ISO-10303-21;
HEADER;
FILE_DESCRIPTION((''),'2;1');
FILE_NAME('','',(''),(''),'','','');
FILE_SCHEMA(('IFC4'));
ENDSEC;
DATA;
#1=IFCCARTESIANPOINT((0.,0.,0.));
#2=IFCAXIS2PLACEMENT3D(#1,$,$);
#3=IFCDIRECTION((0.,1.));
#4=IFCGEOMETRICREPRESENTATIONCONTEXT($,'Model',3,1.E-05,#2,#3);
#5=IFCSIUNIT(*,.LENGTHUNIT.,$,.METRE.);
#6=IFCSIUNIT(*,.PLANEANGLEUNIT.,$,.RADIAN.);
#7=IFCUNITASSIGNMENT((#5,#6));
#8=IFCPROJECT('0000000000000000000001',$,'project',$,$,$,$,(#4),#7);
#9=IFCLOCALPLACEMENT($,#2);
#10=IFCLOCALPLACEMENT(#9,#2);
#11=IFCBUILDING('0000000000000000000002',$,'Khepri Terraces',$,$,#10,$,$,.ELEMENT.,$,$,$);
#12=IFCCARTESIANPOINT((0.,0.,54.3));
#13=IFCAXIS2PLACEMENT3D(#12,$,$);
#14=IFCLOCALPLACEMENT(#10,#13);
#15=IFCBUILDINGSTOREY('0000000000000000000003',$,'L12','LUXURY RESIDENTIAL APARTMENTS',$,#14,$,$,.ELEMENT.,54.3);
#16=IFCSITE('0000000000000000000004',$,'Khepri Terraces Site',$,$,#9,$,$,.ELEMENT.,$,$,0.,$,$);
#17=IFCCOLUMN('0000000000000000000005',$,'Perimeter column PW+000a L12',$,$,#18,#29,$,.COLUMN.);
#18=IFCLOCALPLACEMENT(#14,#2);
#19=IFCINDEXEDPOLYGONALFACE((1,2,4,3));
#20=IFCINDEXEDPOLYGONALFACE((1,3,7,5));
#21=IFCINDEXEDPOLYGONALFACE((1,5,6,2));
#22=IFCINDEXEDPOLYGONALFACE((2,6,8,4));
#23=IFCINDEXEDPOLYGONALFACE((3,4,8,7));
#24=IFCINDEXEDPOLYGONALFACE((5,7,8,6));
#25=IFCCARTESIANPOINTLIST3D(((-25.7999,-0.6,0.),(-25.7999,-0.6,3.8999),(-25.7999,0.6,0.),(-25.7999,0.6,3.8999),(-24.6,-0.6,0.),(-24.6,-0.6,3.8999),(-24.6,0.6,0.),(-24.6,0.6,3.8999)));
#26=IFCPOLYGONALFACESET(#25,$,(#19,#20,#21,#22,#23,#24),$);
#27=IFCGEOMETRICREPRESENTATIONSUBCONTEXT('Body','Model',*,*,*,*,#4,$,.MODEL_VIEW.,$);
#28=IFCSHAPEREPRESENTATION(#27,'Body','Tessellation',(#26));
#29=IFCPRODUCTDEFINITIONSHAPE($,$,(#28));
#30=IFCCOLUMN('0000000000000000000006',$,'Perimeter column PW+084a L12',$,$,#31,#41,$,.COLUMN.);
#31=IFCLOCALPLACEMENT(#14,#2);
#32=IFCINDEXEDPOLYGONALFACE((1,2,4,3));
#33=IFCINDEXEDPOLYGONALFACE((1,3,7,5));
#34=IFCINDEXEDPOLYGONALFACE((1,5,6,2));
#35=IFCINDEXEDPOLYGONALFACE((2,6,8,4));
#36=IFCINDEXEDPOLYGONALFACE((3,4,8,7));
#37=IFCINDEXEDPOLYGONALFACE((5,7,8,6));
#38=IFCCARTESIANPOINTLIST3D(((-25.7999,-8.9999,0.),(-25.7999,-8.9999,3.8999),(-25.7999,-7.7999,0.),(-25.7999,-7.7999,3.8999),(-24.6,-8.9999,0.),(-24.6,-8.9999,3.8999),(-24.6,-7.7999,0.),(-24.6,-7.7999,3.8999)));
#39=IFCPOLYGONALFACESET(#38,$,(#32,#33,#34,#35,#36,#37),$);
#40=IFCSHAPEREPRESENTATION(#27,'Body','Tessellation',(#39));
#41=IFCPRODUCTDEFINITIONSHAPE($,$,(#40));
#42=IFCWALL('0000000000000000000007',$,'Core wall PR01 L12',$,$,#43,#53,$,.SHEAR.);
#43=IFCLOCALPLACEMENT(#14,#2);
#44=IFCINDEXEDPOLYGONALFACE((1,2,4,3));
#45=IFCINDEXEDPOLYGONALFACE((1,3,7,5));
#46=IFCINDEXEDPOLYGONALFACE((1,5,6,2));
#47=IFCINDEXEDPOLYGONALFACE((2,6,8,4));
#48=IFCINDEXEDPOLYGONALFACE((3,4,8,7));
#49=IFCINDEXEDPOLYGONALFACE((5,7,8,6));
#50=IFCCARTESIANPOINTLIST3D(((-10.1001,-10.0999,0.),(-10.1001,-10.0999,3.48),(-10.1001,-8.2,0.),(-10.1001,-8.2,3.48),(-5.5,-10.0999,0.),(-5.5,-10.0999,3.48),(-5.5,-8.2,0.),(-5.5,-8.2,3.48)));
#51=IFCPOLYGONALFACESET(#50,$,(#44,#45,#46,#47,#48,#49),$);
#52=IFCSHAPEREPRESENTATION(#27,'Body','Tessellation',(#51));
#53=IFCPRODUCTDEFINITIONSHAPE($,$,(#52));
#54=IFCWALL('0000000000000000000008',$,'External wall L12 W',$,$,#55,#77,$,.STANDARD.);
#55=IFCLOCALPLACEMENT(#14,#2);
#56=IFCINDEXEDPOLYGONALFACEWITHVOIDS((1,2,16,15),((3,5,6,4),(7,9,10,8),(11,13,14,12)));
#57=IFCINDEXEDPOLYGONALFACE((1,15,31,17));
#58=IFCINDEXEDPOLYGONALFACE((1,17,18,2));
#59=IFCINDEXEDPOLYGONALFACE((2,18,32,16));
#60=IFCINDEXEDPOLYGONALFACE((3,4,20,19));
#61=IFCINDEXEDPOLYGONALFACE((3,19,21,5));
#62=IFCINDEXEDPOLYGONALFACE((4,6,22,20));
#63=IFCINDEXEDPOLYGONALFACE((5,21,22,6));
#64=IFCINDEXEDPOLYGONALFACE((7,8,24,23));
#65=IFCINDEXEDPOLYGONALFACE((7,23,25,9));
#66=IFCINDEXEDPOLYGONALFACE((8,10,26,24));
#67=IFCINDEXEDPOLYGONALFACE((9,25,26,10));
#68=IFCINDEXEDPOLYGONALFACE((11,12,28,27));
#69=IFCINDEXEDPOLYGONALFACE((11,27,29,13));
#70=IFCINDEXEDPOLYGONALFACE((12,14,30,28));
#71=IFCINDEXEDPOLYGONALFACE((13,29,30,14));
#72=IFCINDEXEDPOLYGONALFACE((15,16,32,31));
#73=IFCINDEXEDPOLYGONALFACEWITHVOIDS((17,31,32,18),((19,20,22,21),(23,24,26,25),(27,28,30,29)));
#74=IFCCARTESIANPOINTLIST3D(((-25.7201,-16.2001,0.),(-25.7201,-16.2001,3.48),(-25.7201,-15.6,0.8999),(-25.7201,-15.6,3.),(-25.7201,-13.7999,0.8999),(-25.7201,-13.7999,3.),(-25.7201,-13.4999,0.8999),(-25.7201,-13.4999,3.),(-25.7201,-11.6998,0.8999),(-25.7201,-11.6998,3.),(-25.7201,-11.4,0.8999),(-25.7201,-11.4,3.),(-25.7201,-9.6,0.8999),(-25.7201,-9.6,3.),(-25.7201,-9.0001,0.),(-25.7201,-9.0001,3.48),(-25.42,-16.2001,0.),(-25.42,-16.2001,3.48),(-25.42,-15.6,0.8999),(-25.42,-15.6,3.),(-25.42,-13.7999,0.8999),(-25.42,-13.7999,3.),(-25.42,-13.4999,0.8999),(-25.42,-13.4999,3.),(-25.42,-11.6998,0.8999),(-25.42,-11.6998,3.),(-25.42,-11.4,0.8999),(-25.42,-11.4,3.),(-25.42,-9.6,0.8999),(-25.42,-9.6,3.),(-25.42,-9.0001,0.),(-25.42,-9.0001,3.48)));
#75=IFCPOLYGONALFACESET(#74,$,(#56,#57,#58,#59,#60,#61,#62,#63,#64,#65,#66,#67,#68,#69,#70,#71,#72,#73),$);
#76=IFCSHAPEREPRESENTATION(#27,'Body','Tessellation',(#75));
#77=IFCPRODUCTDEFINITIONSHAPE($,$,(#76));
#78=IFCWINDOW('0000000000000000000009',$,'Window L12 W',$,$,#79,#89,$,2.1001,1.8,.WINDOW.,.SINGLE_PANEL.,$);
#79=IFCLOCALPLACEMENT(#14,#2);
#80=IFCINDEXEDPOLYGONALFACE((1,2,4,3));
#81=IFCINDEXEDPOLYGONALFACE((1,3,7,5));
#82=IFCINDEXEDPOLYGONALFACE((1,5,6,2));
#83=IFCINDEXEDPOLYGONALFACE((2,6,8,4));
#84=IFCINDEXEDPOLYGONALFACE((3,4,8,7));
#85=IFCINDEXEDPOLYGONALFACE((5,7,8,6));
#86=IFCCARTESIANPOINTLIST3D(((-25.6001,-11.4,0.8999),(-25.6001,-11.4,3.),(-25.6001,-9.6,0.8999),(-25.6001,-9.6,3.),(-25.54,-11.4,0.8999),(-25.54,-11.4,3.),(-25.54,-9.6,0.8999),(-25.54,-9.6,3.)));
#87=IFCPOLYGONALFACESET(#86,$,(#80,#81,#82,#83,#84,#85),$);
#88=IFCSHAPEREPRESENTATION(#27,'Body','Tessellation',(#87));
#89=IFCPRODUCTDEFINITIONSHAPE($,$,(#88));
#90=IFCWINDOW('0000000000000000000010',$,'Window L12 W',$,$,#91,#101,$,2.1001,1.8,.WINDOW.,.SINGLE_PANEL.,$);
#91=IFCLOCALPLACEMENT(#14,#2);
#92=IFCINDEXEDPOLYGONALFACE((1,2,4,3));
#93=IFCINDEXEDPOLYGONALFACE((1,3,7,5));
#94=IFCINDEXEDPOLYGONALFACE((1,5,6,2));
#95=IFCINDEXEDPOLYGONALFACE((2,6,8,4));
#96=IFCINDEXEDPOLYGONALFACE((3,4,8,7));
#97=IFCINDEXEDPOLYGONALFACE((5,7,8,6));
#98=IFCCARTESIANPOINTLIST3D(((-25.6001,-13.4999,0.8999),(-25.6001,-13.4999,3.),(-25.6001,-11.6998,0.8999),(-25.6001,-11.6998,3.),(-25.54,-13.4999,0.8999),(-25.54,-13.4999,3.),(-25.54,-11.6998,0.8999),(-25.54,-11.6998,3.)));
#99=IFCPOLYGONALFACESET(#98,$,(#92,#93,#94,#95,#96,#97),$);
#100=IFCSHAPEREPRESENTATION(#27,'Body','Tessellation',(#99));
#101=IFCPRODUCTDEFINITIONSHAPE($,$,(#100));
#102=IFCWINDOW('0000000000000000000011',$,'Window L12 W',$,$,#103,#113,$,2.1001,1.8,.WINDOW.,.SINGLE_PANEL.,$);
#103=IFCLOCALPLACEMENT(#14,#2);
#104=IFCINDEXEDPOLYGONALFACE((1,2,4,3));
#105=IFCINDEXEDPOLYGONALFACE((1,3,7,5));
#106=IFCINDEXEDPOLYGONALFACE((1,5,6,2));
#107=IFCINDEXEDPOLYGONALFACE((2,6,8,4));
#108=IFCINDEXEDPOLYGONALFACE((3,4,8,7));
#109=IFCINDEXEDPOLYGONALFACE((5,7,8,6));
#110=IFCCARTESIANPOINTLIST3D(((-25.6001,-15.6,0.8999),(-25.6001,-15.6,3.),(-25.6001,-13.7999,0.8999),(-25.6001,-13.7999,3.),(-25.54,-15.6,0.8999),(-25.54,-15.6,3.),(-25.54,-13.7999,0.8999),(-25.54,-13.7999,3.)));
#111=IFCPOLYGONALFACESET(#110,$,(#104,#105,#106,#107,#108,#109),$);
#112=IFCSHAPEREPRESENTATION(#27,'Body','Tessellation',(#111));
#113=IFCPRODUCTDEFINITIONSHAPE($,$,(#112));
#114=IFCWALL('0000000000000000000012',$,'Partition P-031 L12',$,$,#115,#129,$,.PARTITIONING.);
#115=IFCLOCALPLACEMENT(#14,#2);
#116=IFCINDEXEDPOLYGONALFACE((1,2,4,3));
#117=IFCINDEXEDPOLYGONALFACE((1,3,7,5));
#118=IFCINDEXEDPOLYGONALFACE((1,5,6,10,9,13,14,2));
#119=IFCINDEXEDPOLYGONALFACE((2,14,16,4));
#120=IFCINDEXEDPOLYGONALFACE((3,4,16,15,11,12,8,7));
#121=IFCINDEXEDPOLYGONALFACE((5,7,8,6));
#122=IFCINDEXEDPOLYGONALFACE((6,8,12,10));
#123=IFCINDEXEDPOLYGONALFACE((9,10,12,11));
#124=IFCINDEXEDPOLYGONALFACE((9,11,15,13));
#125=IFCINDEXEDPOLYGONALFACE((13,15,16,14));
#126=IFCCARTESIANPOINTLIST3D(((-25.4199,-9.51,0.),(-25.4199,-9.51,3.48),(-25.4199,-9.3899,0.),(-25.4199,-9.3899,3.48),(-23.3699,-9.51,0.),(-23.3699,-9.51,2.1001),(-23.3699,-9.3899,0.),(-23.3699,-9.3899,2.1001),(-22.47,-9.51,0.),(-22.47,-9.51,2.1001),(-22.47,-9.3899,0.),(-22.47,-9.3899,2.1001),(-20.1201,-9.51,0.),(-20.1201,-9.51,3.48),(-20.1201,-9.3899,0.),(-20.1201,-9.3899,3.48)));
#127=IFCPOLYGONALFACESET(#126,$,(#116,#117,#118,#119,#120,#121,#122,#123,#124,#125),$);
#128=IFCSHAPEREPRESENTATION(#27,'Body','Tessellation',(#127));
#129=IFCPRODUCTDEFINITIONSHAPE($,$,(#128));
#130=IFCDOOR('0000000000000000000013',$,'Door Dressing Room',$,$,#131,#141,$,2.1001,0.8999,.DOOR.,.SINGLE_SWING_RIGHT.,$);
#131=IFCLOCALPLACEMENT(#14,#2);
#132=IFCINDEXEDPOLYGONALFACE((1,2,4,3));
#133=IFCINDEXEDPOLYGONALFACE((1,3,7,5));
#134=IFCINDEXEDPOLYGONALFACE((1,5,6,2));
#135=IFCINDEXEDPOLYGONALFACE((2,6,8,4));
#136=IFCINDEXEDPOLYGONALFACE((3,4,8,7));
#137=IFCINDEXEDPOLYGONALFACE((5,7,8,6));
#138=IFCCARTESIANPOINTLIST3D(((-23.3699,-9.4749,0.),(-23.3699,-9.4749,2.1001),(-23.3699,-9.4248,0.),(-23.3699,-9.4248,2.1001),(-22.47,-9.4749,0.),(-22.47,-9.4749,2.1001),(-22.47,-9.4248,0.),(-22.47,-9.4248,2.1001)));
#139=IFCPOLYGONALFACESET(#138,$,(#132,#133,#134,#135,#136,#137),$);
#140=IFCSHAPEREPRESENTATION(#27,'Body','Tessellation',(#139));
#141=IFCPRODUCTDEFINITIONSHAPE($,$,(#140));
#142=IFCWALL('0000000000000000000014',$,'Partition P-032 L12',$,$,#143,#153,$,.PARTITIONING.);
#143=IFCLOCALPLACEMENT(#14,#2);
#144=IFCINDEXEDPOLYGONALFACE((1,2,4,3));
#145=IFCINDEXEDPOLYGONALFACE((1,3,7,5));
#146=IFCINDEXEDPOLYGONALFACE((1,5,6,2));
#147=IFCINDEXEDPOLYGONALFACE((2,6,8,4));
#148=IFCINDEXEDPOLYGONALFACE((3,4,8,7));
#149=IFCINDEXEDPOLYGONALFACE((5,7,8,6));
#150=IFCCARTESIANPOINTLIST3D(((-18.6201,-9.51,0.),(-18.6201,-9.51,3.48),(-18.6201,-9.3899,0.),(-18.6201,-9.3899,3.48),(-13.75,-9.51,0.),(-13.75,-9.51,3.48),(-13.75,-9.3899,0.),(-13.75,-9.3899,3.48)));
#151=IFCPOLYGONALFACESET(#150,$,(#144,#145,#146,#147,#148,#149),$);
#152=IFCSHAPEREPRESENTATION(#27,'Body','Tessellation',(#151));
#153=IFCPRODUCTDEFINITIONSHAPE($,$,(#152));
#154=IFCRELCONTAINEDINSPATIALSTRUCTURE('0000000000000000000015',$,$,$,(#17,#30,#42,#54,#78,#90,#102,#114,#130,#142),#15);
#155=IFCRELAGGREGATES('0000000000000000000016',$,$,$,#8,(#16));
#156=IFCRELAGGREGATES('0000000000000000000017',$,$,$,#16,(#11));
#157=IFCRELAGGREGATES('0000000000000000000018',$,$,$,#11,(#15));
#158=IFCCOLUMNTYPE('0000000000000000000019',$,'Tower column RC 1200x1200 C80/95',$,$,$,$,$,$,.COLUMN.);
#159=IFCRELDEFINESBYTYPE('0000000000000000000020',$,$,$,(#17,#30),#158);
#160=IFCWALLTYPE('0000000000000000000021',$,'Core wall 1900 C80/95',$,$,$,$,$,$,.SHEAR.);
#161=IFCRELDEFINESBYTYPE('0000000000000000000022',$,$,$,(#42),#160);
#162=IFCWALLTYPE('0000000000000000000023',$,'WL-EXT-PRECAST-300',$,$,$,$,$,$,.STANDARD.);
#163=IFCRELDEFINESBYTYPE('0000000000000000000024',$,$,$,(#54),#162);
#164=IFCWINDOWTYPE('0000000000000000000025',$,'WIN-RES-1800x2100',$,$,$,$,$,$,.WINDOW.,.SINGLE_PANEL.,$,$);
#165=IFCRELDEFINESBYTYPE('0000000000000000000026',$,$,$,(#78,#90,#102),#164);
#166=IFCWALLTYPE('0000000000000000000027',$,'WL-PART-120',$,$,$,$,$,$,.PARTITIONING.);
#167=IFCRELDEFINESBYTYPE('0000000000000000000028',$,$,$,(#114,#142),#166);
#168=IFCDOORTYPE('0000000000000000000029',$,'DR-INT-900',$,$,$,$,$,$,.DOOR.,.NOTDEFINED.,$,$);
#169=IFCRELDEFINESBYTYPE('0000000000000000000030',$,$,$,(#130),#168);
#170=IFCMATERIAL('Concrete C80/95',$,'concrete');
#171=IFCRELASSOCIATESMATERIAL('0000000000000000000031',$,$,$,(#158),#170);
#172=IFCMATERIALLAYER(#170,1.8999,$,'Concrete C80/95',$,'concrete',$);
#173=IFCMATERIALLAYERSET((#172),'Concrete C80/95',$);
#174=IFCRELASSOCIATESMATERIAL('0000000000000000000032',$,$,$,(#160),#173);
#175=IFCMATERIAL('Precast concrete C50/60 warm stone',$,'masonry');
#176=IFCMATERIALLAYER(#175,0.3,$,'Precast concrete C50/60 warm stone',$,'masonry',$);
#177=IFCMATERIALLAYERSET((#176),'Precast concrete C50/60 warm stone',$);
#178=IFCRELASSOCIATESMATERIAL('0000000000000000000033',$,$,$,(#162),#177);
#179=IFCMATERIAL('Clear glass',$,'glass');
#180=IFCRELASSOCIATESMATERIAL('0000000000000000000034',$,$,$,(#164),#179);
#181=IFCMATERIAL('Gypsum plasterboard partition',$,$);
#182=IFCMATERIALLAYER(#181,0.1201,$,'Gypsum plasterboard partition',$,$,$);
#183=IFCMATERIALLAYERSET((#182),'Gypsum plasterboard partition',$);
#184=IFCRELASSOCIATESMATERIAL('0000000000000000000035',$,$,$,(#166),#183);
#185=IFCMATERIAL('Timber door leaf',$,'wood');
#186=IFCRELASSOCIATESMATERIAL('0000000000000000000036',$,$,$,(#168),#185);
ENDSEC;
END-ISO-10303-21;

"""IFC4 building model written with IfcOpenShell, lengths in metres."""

from ifc_helpers import new_model, si_unit, direction, frame, frame_2d, origin, origin_2d, place, context, subcontext, project, spatial, rectangle, extrude, material, layer, layer_set, material_profile, profile_set, type_object, element, fill, save


model = new_model("IFC4")

# Units and contexts
model_context = context("Model", 3, precision=1e-05, world=origin(), true_north=direction((0.0, 1.0)))
body_context = subcontext(model_context, "Body", "Model", "MODEL_VIEW")
ifc_project = project(units=[si_unit("LENGTHUNIT", "METRE"), si_unit("PLANEANGLEUNIT", "RADIAN")], contexts=[model_context])

# Site, building, storey
site_placement = place(None, origin())
site = spatial("IfcSite", under=ifc_project, at=site_placement, Name="Khepri Terraces Site", CompositionType="ELEMENT", RefElevation=0.0)
building_placement = place(site_placement, origin())
building = spatial("IfcBuilding", under=site, at=building_placement, Name="Khepri Terraces", CompositionType="ELEMENT")
storey_placement = place(building_placement, frame((0.0, 0.0, 54.3)))
storey = spatial("IfcBuildingStorey", under=building, at=storey_placement, Name="L12", Description="LUXURY RESIDENTIAL APARTMENTS", CompositionType="ELEMENT", Elevation=54.3)

# Columns
ifc_material_1 = material(Name="Concrete C80/95", Category="concrete")
ifc_material_profile = material_profile(ifc_material_1, rectangle(XDim=1.2, YDim=1.2, at=origin_2d()), Name="Concrete C80/95", Category="concrete")
ifc_profile_set = profile_set([ifc_material_profile], Name="Concrete C80/95")
column_type = type_object("IfcColumnType", Name="Tower column RC 1200x1200 C80/95", PredefinedType="COLUMN", material=ifc_profile_set)
for number, where, z_axis, x_axis, name in (
    (1, (-25.2, 0.0, 0.0), (0.0, 0.0, 1.0), (1.0, 0.0, 0.0), "Perimeter column PW+000a L12"),
    (2, (-25.2, -8.3999, 0.0), (0.0, 0.0, 1.0), (1.0, 0.0, 0.0), "Perimeter column PW+084a L12"),
):
    element("IfcColumn", number, at=place(storey_placement, frame(where, z_axis=z_axis, x_axis=x_axis)), inside=storey, type_object=column_type, Name=name, PredefinedType="COLUMN", context=body_context, shape_type="SweptSolid", body=[
        extrude(rectangle(XDim=1.2, YDim=1.2, at=origin_2d()), origin(), (0.0, 0.0, 1.0), 3.8999),
    ])

# Wall
ifc_layer_1 = layer(ifc_material_1, 1.8999, Name="Concrete C80/95", Category="concrete")
ifc_layer_set_1 = layer_set([ifc_layer_1], Name="Concrete C80/95")
wall_type_1 = type_object("IfcWallType", Name="Core wall 1900 C80/95", PredefinedType="SHEAR", material=ifc_layer_set_1)
wall_1_placement = place(storey_placement, frame((-10.1001, -9.1499, 0.0), z_axis=(0.0, 0.0, 1.0), x_axis=(1.0, 0.0, 0.0)))
element("IfcWall", 3, at=wall_1_placement, inside=storey, type_object=wall_type_1, Name="Core wall PR01 L12", PredefinedType="SHEAR", context=body_context, shape_type="SweptSolid", body=[
    extrude(rectangle(XDim=4.6001, YDim=1.8999, at=frame_2d((2.3, 0.0))), origin(), (0.0, 0.0, 1.0), 3.48),
])

# Shared definitions
ifc_material_2 = material(Name="Precast concrete C50/60 warm stone", Category="masonry")
ifc_layer_2 = layer(ifc_material_2, 0.3, Name="Precast concrete C50/60 warm stone", Category="masonry")
ifc_layer_set_2 = layer_set([ifc_layer_2], Name="Precast concrete C50/60 warm stone")
wall_type_2 = type_object("IfcWallType", Name="WL-EXT-PRECAST-300", PredefinedType="STANDARD", material=ifc_layer_set_2)
ifc_material_3 = material(Name="Clear glass", Category="glass")
window_type = type_object("IfcWindowType", Name="WIN-RES-1800x2100", PartitioningType="SINGLE_PANEL", PredefinedType="WINDOW", material=ifc_material_3)

# Wall, openings, windows
wall_2_placement = place(storey_placement, frame((-25.5701, -9.0, 0.0), z_axis=(0.0, 0.0, 1.0), x_axis=(0.0, -1.0, 0.0)))
wall_2 = element("IfcWall", 4, at=wall_2_placement, inside=storey, type_object=wall_type_2, Name="External wall L12 W", PredefinedType="STANDARD", context=body_context, shape_type="SweptSolid", body=[
    extrude(rectangle(XDim=7.2, YDim=0.3, at=frame_2d((3.6001, 0.0))), origin(), (0.0, 0.0, 1.0), 3.48),
])
opening_1_placement = place(wall_2_placement, frame((0.6001, 0.0, 0.8999)))
opening_1 = element("IfcOpeningElement", 5, at=opening_1_placement, cuts=wall_2, PredefinedType="OPENING", context=body_context, shape_type="SweptSolid", body=[
    extrude(rectangle(XDim=1.8, YDim=2.1001, at=frame_2d((0.8999, 1.05))), frame((0.0, 0.1602, 0.0), z_axis=(0.0, -1.0, 0.0), x_axis=(1.0, 0.0, 0.0)), (0.0, 0.0, 1.0), 0.3201),
])
opening_2_placement = place(wall_2_placement, frame((2.7, 0.0, 0.8999)))
opening_2 = element("IfcOpeningElement", 6, at=opening_2_placement, cuts=wall_2, PredefinedType="OPENING", context=body_context, shape_type="SweptSolid", body=[
    extrude(rectangle(XDim=1.8, YDim=2.1001, at=frame_2d((0.8999, 1.05))), frame((0.0, 0.1602, 0.0), z_axis=(0.0, -1.0, 0.0), x_axis=(1.0, 0.0, 0.0)), (0.0, 0.0, 1.0), 0.3201),
])
opening_3_placement = place(wall_2_placement, frame((4.8, 0.0, 0.8999)))
opening_3 = element("IfcOpeningElement", 7, at=opening_3_placement, cuts=wall_2, PredefinedType="OPENING", context=body_context, shape_type="SweptSolid", body=[
    extrude(rectangle(XDim=1.8, YDim=2.1001, at=frame_2d((0.8999, 1.05))), frame((0.0, 0.1602, 0.0), z_axis=(0.0, -1.0, 0.0), x_axis=(1.0, 0.0, 0.0)), (0.0, 0.0, 1.0), 0.3201),
])
window_1_placement = place(opening_1_placement, origin())
window_1 = element("IfcWindow", 8, at=window_1_placement, inside=storey, type_object=window_type, Name="Window L12 W", OverallHeight=2.1001, OverallWidth=1.8, PartitioningType="SINGLE_PANEL", PredefinedType="WINDOW", context=body_context, shape_type="SweptSolid", body=[
    extrude(rectangle(XDim=1.8, YDim=2.1001, at=frame_2d((0.8999, 1.05))), frame((0.0, 0.03, 0.0), z_axis=(0.0, -1.0, 0.0), x_axis=(1.0, 0.0, 0.0)), (0.0, 0.0, 1.0), 0.0601),
])
fill(opening_1, window_1)
window_2_placement = place(opening_2_placement, origin())
window_2 = element("IfcWindow", 9, at=window_2_placement, inside=storey, type_object=window_type, Name="Window L12 W", OverallHeight=2.1001, OverallWidth=1.8, PartitioningType="SINGLE_PANEL", PredefinedType="WINDOW", context=body_context, shape_type="SweptSolid", body=[
    extrude(rectangle(XDim=1.8, YDim=2.1001, at=frame_2d((0.8999, 1.05))), frame((0.0, 0.03, 0.0), z_axis=(0.0, -1.0, 0.0), x_axis=(1.0, 0.0, 0.0)), (0.0, 0.0, 1.0), 0.0601),
])
fill(opening_2, window_2)
window_3_placement = place(opening_3_placement, origin())
window_3 = element("IfcWindow", 10, at=window_3_placement, inside=storey, type_object=window_type, Name="Window L12 W", OverallHeight=2.1001, OverallWidth=1.8, PartitioningType="SINGLE_PANEL", PredefinedType="WINDOW", context=body_context, shape_type="SweptSolid", body=[
    extrude(rectangle(XDim=1.8, YDim=2.1001, at=frame_2d((0.8999, 1.05))), frame((0.0, 0.03, 0.0), z_axis=(0.0, -1.0, 0.0), x_axis=(1.0, 0.0, 0.0)), (0.0, 0.0, 1.0), 0.0601),
])
fill(opening_3, window_3)

# Wall, opening, door
ifc_material_4 = material(Name="Gypsum plasterboard partition")
ifc_layer_3 = layer(ifc_material_4, 0.1201, Name="Gypsum plasterboard partition")
ifc_layer_set_3 = layer_set([ifc_layer_3], Name="Gypsum plasterboard partition")
wall_type_3 = type_object("IfcWallType", Name="WL-PART-120", PredefinedType="PARTITIONING", material=ifc_layer_set_3)
wall_3_placement = place(storey_placement, frame((-25.4199, -9.45, 0.0), z_axis=(0.0, 0.0, 1.0), x_axis=(1.0, 0.0, 0.0)))
wall_3 = element("IfcWall", 11, at=wall_3_placement, inside=storey, type_object=wall_type_3, Name="Partition P-031 L12", PredefinedType="PARTITIONING", context=body_context, shape_type="SweptSolid", body=[
    extrude(rectangle(XDim=5.2998, YDim=0.1201, at=frame_2d((2.6499, 0.0))), origin(), (0.0, 0.0, 1.0), 3.48),
])
opening_4_placement = place(wall_3_placement, frame((2.05, 0.0, 0.0)))
opening_4 = element("IfcOpeningElement", 12, at=opening_4_placement, cuts=wall_3, PredefinedType="OPENING", context=body_context, shape_type="SweptSolid", body=[
    extrude(rectangle(XDim=0.8999, YDim=2.1001, at=frame_2d((0.45, 1.05))), frame((0.0, 0.0701, 0.0), z_axis=(0.0, -1.0, 0.0), x_axis=(1.0, 0.0, 0.0)), (0.0, 0.0, 1.0), 0.1401),
])
ifc_material_5 = material(Name="Timber door leaf", Category="wood")
door_type_1 = type_object("IfcDoorType", Name="DR-INT-900", OperationType="NOTDEFINED", PredefinedType="DOOR", material=ifc_material_5)
door_1_placement = place(opening_4_placement, frame((0.8999, 0.0, 0.0), z_axis=(0.0, 0.0, 1.0), x_axis=(-1.0, 0.0, 0.0)))
door_1 = element("IfcDoor", 13, at=door_1_placement, inside=storey, type_object=door_type_1, Name="Door Dressing Room", OperationType="SINGLE_SWING_RIGHT", OverallHeight=2.1001, OverallWidth=0.8999, PredefinedType="DOOR", context=body_context, shape_type="SweptSolid", body=[
    extrude(rectangle(XDim=0.8999, YDim=2.1001, at=frame_2d((0.45, 1.05))), frame((0.0, 0.0249, 0.0), z_axis=(0.0, -1.0, 0.0), x_axis=(1.0, 0.0, 0.0)), (0.0, 0.0, 1.0), 0.05),
])
fill(opening_4, door_1)

# Wall
wall_4_placement = place(storey_placement, frame((-18.6201, -9.45, 0.0), z_axis=(0.0, 0.0, 1.0), x_axis=(1.0, 0.0, 0.0)))
element("IfcWall", 14, at=wall_4_placement, inside=storey, type_object=wall_type_3, Name="Partition P-032 L12", PredefinedType="PARTITIONING", context=body_context, shape_type="SweptSolid", body=[
    extrude(rectangle(XDim=4.8701, YDim=0.1201, at=frame_2d((2.4351, 0.0))), origin(), (0.0, 0.0, 1.0), 3.48),
])

save(model, "model.ifc")
